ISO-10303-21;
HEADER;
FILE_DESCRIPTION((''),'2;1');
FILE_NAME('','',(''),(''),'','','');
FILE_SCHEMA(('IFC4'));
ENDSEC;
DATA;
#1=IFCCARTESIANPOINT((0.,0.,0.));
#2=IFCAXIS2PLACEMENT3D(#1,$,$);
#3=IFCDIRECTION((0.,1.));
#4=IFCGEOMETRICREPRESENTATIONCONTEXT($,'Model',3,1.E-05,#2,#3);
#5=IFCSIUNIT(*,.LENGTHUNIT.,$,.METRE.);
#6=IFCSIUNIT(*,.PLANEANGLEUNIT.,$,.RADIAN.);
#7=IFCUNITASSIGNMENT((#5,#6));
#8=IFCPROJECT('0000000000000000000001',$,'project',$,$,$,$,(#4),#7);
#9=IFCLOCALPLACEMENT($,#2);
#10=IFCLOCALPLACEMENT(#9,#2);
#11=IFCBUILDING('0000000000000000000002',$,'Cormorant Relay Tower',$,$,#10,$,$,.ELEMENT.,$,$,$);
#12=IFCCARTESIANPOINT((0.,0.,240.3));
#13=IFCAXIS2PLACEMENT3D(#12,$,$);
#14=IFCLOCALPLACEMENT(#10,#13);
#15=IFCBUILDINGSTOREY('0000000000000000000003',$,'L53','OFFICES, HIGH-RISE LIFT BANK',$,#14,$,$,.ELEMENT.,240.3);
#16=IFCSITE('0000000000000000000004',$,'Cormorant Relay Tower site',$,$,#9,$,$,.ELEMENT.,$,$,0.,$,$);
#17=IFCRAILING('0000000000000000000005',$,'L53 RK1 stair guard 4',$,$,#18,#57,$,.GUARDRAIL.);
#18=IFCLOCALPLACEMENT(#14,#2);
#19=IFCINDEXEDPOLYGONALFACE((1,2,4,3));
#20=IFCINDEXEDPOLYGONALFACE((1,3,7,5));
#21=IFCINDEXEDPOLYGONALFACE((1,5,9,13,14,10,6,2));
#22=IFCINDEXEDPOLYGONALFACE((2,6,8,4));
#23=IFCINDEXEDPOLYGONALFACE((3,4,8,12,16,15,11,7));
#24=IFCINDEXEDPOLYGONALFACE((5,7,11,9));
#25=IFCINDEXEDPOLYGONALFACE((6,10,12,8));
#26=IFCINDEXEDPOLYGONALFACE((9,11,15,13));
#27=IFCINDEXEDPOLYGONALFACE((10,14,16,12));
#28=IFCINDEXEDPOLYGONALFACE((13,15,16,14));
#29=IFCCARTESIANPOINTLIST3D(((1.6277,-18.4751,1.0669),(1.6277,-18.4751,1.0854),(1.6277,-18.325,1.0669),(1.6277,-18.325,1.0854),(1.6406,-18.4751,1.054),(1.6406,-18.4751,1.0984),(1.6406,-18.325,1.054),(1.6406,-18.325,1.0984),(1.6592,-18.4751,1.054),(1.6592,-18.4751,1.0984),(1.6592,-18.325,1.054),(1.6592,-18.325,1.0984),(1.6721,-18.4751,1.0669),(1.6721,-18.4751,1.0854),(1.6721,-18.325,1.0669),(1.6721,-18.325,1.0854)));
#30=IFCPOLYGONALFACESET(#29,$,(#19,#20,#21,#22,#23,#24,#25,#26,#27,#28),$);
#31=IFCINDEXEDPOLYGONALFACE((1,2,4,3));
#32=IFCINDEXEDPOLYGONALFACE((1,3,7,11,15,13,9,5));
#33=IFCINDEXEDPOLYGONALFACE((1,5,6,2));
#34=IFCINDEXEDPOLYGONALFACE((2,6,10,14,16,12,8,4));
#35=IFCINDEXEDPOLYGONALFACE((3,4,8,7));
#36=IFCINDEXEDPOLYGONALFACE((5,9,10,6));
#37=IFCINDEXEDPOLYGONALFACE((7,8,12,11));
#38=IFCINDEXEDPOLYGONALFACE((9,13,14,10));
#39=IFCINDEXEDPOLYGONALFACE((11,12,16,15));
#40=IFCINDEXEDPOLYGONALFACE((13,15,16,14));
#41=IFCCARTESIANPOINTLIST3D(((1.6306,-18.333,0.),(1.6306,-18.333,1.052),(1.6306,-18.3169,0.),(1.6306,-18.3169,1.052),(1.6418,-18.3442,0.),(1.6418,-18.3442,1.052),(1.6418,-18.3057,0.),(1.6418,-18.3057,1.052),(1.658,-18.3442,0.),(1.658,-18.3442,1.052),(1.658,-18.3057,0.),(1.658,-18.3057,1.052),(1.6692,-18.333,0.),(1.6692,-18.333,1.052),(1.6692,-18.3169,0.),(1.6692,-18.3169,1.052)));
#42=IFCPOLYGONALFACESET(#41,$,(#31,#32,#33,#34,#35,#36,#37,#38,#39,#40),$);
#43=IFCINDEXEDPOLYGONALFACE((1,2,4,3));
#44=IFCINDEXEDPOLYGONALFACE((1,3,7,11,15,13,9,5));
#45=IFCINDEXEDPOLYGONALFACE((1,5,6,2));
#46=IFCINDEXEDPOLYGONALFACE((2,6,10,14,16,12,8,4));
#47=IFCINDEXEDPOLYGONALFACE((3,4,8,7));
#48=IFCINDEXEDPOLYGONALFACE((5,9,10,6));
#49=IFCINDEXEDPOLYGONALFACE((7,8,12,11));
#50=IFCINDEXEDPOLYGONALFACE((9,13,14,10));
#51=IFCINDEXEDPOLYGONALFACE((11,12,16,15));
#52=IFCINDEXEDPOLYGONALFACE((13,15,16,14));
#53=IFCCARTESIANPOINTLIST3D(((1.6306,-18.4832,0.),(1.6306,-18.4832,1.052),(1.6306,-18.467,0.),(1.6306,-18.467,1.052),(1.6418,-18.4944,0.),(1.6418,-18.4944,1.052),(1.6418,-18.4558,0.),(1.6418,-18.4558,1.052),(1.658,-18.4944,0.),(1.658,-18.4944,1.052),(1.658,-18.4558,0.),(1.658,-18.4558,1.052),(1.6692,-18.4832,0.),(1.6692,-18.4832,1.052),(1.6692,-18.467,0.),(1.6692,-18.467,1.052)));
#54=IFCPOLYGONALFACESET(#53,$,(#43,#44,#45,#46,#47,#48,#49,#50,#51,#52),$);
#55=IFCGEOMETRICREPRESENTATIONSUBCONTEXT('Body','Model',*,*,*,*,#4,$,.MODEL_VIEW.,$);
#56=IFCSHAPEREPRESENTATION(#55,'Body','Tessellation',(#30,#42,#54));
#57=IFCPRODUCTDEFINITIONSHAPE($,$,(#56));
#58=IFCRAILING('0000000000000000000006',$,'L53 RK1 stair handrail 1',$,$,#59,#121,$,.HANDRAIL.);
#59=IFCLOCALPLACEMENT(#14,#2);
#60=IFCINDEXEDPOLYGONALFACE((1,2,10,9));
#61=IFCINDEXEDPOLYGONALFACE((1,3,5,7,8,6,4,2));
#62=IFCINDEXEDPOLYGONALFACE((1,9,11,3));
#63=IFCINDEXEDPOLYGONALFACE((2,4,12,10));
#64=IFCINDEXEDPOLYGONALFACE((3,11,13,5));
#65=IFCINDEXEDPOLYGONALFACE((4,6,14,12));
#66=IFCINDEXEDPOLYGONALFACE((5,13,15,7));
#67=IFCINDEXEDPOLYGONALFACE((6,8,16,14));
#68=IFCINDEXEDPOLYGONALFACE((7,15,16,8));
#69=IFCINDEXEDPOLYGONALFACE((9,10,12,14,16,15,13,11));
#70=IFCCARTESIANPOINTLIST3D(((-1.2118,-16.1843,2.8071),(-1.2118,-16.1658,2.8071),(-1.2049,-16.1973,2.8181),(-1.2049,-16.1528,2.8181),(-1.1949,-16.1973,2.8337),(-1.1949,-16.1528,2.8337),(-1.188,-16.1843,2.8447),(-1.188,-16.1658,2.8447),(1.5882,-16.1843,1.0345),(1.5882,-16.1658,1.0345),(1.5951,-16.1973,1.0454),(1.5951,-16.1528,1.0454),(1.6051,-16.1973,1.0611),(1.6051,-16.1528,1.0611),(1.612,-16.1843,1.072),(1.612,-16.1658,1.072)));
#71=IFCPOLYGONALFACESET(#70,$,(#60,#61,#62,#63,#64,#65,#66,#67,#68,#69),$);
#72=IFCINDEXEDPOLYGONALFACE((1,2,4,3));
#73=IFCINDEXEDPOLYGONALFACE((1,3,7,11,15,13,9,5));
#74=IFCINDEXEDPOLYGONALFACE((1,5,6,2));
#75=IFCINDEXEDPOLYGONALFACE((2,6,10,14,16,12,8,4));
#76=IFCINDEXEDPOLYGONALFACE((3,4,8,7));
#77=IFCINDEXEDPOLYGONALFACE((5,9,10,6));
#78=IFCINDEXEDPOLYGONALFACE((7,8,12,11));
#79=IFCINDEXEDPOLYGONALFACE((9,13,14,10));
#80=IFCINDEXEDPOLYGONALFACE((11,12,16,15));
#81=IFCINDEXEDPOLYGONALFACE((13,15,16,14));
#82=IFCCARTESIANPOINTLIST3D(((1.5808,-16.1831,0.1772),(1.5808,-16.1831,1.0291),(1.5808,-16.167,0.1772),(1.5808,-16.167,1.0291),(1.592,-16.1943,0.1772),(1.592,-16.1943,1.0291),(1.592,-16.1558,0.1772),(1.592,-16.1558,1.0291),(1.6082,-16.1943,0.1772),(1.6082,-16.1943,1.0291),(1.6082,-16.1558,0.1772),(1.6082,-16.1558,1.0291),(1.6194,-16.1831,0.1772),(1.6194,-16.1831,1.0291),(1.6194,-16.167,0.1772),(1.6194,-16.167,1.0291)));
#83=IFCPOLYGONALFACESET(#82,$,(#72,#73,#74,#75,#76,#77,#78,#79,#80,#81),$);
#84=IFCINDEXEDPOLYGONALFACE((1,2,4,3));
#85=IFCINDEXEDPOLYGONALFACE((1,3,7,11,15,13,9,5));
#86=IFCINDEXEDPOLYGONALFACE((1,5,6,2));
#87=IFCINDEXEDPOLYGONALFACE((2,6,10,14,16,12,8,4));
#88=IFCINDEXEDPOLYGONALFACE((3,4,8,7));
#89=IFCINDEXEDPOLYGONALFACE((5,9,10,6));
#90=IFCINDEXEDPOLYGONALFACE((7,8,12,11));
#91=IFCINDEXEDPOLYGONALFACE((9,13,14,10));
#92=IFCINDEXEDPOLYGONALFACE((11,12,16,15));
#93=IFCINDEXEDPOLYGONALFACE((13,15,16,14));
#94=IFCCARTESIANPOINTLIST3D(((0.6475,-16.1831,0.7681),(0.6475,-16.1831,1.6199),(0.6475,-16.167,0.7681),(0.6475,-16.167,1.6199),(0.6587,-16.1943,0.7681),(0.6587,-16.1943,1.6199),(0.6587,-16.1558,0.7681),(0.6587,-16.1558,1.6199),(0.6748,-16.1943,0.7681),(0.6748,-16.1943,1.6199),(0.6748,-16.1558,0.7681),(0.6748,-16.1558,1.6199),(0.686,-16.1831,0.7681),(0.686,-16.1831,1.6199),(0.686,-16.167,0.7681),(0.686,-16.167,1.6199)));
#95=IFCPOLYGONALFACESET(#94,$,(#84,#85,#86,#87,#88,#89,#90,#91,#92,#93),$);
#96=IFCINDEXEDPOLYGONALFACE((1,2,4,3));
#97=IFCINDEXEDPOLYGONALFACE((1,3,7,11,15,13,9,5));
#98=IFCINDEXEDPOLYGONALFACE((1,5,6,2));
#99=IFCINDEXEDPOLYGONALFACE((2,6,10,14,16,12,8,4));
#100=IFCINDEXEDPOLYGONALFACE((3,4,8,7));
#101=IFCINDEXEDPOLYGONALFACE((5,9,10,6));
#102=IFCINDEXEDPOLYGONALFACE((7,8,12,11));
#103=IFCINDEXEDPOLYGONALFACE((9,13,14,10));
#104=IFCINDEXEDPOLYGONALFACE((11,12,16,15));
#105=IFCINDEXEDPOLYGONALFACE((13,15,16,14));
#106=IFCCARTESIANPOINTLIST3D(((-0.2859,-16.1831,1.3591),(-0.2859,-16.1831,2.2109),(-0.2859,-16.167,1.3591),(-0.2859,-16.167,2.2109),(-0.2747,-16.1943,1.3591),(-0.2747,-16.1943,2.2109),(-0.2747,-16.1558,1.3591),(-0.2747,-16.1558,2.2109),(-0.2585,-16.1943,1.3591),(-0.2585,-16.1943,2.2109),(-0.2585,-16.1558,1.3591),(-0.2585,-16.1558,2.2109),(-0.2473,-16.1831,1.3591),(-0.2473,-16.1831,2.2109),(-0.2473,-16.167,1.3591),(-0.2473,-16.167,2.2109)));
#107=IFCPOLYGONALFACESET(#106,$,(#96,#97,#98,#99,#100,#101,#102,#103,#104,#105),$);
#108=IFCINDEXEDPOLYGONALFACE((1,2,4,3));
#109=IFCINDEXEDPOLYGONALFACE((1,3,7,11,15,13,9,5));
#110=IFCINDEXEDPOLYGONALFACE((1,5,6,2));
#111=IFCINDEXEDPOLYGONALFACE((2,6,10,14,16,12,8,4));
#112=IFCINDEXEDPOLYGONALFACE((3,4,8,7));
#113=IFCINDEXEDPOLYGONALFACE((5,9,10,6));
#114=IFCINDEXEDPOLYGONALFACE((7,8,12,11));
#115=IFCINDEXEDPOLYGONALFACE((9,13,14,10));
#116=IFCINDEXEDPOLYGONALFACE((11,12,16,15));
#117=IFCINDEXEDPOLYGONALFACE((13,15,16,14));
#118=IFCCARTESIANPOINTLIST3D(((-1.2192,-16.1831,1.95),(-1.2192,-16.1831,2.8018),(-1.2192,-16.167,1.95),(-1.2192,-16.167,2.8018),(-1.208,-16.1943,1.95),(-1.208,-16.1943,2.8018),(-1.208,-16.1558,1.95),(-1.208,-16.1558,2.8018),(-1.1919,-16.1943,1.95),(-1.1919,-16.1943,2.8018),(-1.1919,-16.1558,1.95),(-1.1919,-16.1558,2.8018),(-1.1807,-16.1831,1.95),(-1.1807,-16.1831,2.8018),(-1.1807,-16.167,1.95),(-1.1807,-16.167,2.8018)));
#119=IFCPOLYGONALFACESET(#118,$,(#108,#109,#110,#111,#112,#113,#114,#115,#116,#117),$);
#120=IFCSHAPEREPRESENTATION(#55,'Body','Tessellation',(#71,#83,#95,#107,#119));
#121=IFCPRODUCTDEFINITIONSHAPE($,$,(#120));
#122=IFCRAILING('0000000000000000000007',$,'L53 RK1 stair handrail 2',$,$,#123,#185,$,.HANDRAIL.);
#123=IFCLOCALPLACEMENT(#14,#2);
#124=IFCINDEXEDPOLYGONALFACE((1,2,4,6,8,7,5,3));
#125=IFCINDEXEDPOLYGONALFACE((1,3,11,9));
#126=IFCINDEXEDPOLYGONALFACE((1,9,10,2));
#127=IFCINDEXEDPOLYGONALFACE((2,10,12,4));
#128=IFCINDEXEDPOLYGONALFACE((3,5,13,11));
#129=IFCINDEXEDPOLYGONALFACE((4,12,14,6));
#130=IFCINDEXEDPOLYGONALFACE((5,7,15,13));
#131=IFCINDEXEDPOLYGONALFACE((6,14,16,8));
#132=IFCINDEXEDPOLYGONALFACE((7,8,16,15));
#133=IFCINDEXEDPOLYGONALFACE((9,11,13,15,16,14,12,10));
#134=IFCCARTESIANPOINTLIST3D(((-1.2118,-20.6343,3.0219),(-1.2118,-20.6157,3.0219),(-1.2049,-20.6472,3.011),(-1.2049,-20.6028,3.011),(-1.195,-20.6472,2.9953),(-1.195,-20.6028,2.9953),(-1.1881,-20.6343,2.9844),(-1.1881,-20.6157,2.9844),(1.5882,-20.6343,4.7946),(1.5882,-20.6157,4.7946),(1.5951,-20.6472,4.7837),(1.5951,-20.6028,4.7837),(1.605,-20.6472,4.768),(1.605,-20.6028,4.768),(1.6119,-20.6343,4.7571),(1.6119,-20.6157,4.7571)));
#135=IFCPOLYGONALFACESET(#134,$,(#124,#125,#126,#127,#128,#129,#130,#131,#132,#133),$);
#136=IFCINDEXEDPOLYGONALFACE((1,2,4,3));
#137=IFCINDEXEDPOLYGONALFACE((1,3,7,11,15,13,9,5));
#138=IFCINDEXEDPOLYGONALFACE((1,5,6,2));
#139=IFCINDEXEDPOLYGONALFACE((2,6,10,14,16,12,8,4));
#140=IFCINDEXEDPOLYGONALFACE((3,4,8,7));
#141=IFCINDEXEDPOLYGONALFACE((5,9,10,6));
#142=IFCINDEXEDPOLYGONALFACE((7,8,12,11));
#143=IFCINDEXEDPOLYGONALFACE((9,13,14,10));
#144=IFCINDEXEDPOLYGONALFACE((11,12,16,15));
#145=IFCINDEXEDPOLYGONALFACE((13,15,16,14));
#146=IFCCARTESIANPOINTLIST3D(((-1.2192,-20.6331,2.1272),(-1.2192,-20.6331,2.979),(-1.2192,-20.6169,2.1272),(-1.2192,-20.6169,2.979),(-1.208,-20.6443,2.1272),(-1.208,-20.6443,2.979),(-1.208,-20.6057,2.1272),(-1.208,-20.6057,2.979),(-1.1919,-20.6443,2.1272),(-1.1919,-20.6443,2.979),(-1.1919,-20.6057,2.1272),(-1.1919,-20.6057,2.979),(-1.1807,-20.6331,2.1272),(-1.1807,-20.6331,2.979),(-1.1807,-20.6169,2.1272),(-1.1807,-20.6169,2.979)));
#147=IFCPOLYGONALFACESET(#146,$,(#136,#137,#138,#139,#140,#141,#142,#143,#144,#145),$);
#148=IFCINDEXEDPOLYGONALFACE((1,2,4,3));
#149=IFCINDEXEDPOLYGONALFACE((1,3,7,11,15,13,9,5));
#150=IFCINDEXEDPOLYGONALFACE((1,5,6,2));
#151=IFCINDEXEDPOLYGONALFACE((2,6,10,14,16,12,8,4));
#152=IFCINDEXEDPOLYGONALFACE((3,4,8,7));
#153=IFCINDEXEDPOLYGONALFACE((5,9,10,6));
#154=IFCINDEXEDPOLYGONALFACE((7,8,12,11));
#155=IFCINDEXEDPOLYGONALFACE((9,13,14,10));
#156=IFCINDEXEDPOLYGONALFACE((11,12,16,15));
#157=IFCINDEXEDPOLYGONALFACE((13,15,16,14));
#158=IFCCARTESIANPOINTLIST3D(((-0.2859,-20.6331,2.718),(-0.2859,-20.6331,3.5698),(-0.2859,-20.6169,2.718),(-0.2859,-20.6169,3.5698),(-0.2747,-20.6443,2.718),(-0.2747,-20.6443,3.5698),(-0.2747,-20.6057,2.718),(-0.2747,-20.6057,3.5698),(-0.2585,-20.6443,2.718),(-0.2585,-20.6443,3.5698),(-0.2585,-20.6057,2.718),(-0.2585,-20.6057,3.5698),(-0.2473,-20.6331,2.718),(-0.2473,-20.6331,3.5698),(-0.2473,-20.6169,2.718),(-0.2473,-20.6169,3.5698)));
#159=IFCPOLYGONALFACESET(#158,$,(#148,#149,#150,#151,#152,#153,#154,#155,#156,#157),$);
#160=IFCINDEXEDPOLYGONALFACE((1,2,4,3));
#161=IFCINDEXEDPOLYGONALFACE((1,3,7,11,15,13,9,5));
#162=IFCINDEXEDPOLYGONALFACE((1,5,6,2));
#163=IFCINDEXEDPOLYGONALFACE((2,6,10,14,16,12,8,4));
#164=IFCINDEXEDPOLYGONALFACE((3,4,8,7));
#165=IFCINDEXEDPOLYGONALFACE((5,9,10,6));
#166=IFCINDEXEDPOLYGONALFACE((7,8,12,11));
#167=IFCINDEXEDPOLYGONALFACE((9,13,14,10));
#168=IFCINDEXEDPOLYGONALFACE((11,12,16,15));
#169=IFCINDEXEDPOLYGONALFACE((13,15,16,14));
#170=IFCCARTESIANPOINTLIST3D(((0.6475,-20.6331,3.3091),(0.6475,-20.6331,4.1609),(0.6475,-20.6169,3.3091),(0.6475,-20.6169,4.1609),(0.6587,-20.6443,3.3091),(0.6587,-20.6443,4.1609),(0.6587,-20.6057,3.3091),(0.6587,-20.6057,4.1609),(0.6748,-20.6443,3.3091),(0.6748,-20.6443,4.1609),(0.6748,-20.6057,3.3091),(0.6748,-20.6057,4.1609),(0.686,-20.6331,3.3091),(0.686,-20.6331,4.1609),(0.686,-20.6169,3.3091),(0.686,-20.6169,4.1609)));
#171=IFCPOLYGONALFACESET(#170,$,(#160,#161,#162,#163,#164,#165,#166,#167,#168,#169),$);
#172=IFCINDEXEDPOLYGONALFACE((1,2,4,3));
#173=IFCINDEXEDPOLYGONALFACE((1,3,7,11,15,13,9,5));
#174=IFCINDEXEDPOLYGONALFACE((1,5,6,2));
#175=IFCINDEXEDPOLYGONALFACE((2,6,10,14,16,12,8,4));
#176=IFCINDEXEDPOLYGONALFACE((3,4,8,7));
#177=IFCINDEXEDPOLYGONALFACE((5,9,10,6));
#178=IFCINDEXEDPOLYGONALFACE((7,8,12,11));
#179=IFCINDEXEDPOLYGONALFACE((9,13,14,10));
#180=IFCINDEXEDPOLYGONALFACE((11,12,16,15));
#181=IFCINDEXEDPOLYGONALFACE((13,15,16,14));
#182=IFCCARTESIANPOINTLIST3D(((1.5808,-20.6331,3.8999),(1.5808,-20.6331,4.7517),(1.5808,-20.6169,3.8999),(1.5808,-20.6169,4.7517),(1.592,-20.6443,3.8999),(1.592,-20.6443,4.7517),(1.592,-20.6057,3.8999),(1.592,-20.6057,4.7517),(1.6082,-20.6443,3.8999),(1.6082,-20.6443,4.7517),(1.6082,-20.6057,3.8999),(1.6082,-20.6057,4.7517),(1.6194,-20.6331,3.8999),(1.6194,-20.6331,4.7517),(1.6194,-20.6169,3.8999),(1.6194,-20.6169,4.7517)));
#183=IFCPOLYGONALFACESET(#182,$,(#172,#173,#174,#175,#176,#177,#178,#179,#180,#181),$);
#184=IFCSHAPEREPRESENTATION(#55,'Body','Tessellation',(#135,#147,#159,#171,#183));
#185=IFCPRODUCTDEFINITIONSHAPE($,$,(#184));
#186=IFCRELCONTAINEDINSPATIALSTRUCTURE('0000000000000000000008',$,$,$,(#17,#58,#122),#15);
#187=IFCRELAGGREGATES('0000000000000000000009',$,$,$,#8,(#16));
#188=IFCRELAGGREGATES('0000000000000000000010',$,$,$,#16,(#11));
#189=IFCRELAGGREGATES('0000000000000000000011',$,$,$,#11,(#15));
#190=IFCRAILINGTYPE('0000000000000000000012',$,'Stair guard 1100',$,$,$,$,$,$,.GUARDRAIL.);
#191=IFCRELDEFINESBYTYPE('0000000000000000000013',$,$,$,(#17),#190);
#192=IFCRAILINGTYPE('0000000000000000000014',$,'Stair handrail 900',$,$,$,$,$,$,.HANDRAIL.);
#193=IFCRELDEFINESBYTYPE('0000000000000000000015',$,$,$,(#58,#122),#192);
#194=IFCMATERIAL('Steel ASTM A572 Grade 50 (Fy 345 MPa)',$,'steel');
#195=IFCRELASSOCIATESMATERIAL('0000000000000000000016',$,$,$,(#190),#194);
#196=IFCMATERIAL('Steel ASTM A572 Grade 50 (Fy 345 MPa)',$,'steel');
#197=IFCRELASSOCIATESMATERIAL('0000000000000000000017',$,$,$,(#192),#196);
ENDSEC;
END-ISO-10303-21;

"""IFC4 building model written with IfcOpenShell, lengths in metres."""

from ifc_helpers import new_model, si_unit, direction, frame, origin, place, context, subcontext, project, spatial, polyline, outline, extrude, material, type_object, element, save


model = new_model("IFC4")

# Units and contexts
model_context = context("Model", 3, precision=1e-05, world=origin(), true_north=direction((0.0, 1.0)))
body_context = subcontext(model_context, "Body", "Model", "MODEL_VIEW")
ifc_project = project(units=[si_unit("LENGTHUNIT", "METRE"), si_unit("PLANEANGLEUNIT", "RADIAN")], contexts=[model_context])

# Site, building, storey
site_placement = place(None, origin())
site = spatial("IfcSite", under=ifc_project, at=site_placement, Name="Cormorant Relay Tower site", CompositionType="ELEMENT", RefElevation=0.0)
building_placement = place(site_placement, origin())
building = spatial("IfcBuilding", under=site, at=building_placement, Name="Cormorant Relay Tower", CompositionType="ELEMENT")
storey_placement = place(building_placement, frame((0.0, 0.0, 240.3)))
storey = spatial("IfcBuildingStorey", under=building, at=storey_placement, Name="L53", Description="OFFICES, HIGH-RISE LIFT BANK", CompositionType="ELEMENT", Elevation=240.3)

# Railings
ifc_material_1 = material(Name="Steel ASTM A572 Grade 50 (Fy 345 MPa)", Category="steel")
railing_type_1 = type_object("IfcRailingType", Name="Stair guard 1100", PredefinedType="GUARDRAIL", material=ifc_material_1)
railing_1_placement = place(storey_placement, frame((1.6499, -18.325, 0.0)))
element("IfcRailing", 1, at=railing_1_placement, inside=storey, type_object=railing_type_1, Name="L53 RK1 stair guard 4", PredefinedType="GUARDRAIL", context=body_context, shape_type="SweptSolid", body=[
    extrude(outline(polyline([(0.0222, 0.0093), (0.0093, 0.0222), (-0.0093, 0.0222), (-0.0222, 0.0093), (-0.0222, -0.0093), (-0.0093, -0.0222), (0.0093, -0.0222), (0.0222, -0.0093), (0.0222, 0.0093)])), frame((0.0, 0.0, 1.0762), z_axis=(0.0, -1.0, 0.0), x_axis=(1.0, 0.0, 0.0)), (0.0, 0.0, 1.0), 0.1501),
    extrude(outline(polyline([(0.0193, 0.0081), (0.0081, 0.0193), (-0.0081, 0.0193), (-0.0193, 0.0081), (-0.0193, -0.0081), (-0.0081, -0.0193), (0.0081, -0.0193), (0.0193, -0.0081), (0.0193, 0.0081)])), origin(), (0.0, 0.0, 1.0), 1.052),
    extrude(outline(polyline([(0.0193, 0.0081), (0.0081, 0.0193), (-0.0081, 0.0193), (-0.0193, 0.0081), (-0.0193, -0.0081), (-0.0081, -0.0193), (0.0081, -0.0193), (0.0193, -0.0081), (0.0193, 0.0081)])), frame((0.0, -0.1501, 0.0)), (0.0, 0.0, 1.0), 1.052),
])
ifc_material_2 = material(Name="Steel ASTM A572 Grade 50 (Fy 345 MPa)", Category="steel")
railing_type_2 = type_object("IfcRailingType", Name="Stair handrail 900", PredefinedType="HANDRAIL", material=ifc_material_2)
railing_2_placement = place(storey_placement, frame((1.6001, -16.175, 0.1772)))
element("IfcRailing", 2, at=railing_2_placement, inside=storey, type_object=railing_type_2, Name="L53 RK1 stair handrail 1", PredefinedType="HANDRAIL", context=body_context, shape_type="SweptSolid", body=[
    extrude(outline(polyline([(0.0222, 0.0093), (0.0093, 0.0222), (-0.0093, 0.0222), (-0.0222, 0.0093), (-0.0222, -0.0093), (-0.0093, -0.0222), (0.0093, -0.0222), (0.0222, -0.0093), (0.0222, 0.0093)])), frame((0.0, 0.0, 0.876), z_axis=(-0.844909, 0.0, 0.53491), x_axis=(0.0, -1.0, 0.0)), (0.0, 0.0, 1.0), 3.314),
    extrude(outline(polyline([(0.0193, 0.0081), (0.0081, 0.0193), (-0.0081, 0.0193), (-0.0193, 0.0081), (-0.0193, -0.0081), (-0.0081, -0.0193), (0.0081, -0.0193), (0.0193, -0.0081), (0.0193, 0.0081)])), origin(), (0.0, 0.0, 1.0), 0.8518),
    extrude(outline(polyline([(0.0193, 0.0081), (0.0081, 0.0193), (-0.0081, 0.0193), (-0.0193, 0.0081), (-0.0193, -0.0081), (-0.0081, -0.0193), (0.0081, -0.0193), (0.0193, -0.0081), (0.0193, 0.0081)])), frame((-0.9333, 0.0, 0.5908)), (0.0, 0.0, 1.0), 0.8518),
    extrude(outline(polyline([(0.0193, 0.0081), (0.0081, 0.0193), (-0.0081, 0.0193), (-0.0193, 0.0081), (-0.0193, -0.0081), (-0.0081, -0.0193), (0.0081, -0.0193), (0.0193, -0.0081), (0.0193, 0.0081)])), frame((-1.8667, 0.0, 1.1819)), (0.0, 0.0, 1.0), 0.8518),
    extrude(outline(polyline([(0.0193, 0.0081), (0.0081, 0.0193), (-0.0081, 0.0193), (-0.0193, 0.0081), (-0.0193, -0.0081), (-0.0081, -0.0193), (0.0081, -0.0193), (0.0193, -0.0081), (0.0193, 0.0081)])), frame((-2.8, 0.0, 1.7727)), (0.0, 0.0, 1.0), 0.8518),
])
railing_3_placement = place(storey_placement, frame((-1.2, -20.625, 2.1272)))
element("IfcRailing", 3, at=railing_3_placement, inside=storey, type_object=railing_type_2, Name="L53 RK1 stair handrail 2", PredefinedType="HANDRAIL", context=body_context, shape_type="SweptSolid", body=[
    extrude(outline(polyline([(0.0222, 0.0093), (0.0093, 0.0222), (-0.0093, 0.0222), (-0.0222, 0.0093), (-0.0222, -0.0093), (-0.0093, -0.0222), (0.0093, -0.0222), (0.0222, -0.0093), (0.0222, 0.0093)])), frame((0.0, 0.0, 0.876), z_axis=(0.844909, 0.0, 0.53491), x_axis=(0.0, 1.0, 0.0)), (0.0, 0.0, 1.0), 3.314),
    extrude(outline(polyline([(0.0193, 0.0081), (0.0081, 0.0193), (-0.0081, 0.0193), (-0.0193, 0.0081), (-0.0193, -0.0081), (-0.0081, -0.0193), (0.0081, -0.0193), (0.0193, -0.0081), (0.0193, 0.0081)])), origin(), (0.0, 0.0, 1.0), 0.8518),
    extrude(outline(polyline([(0.0193, 0.0081), (0.0081, 0.0193), (-0.0081, 0.0193), (-0.0193, 0.0081), (-0.0193, -0.0081), (-0.0081, -0.0193), (0.0081, -0.0193), (0.0193, -0.0081), (0.0193, 0.0081)])), frame((0.9333, 0.0, 0.5908)), (0.0, 0.0, 1.0), 0.8518),
    extrude(outline(polyline([(0.0193, 0.0081), (0.0081, 0.0193), (-0.0081, 0.0193), (-0.0193, 0.0081), (-0.0193, -0.0081), (-0.0081, -0.0193), (0.0081, -0.0193), (0.0193, -0.0081), (0.0193, 0.0081)])), frame((1.8667, 0.0, 1.1819)), (0.0, 0.0, 1.0), 0.8518),
    extrude(outline(polyline([(0.0193, 0.0081), (0.0081, 0.0193), (-0.0081, 0.0193), (-0.0193, 0.0081), (-0.0193, -0.0081), (-0.0081, -0.0193), (0.0081, -0.0193), (0.0193, -0.0081), (0.0193, 0.0081)])), frame((2.8, 0.0, 1.7727)), (0.0, 0.0, 1.0), 0.8518),
])

save(model, "model.ifc")
